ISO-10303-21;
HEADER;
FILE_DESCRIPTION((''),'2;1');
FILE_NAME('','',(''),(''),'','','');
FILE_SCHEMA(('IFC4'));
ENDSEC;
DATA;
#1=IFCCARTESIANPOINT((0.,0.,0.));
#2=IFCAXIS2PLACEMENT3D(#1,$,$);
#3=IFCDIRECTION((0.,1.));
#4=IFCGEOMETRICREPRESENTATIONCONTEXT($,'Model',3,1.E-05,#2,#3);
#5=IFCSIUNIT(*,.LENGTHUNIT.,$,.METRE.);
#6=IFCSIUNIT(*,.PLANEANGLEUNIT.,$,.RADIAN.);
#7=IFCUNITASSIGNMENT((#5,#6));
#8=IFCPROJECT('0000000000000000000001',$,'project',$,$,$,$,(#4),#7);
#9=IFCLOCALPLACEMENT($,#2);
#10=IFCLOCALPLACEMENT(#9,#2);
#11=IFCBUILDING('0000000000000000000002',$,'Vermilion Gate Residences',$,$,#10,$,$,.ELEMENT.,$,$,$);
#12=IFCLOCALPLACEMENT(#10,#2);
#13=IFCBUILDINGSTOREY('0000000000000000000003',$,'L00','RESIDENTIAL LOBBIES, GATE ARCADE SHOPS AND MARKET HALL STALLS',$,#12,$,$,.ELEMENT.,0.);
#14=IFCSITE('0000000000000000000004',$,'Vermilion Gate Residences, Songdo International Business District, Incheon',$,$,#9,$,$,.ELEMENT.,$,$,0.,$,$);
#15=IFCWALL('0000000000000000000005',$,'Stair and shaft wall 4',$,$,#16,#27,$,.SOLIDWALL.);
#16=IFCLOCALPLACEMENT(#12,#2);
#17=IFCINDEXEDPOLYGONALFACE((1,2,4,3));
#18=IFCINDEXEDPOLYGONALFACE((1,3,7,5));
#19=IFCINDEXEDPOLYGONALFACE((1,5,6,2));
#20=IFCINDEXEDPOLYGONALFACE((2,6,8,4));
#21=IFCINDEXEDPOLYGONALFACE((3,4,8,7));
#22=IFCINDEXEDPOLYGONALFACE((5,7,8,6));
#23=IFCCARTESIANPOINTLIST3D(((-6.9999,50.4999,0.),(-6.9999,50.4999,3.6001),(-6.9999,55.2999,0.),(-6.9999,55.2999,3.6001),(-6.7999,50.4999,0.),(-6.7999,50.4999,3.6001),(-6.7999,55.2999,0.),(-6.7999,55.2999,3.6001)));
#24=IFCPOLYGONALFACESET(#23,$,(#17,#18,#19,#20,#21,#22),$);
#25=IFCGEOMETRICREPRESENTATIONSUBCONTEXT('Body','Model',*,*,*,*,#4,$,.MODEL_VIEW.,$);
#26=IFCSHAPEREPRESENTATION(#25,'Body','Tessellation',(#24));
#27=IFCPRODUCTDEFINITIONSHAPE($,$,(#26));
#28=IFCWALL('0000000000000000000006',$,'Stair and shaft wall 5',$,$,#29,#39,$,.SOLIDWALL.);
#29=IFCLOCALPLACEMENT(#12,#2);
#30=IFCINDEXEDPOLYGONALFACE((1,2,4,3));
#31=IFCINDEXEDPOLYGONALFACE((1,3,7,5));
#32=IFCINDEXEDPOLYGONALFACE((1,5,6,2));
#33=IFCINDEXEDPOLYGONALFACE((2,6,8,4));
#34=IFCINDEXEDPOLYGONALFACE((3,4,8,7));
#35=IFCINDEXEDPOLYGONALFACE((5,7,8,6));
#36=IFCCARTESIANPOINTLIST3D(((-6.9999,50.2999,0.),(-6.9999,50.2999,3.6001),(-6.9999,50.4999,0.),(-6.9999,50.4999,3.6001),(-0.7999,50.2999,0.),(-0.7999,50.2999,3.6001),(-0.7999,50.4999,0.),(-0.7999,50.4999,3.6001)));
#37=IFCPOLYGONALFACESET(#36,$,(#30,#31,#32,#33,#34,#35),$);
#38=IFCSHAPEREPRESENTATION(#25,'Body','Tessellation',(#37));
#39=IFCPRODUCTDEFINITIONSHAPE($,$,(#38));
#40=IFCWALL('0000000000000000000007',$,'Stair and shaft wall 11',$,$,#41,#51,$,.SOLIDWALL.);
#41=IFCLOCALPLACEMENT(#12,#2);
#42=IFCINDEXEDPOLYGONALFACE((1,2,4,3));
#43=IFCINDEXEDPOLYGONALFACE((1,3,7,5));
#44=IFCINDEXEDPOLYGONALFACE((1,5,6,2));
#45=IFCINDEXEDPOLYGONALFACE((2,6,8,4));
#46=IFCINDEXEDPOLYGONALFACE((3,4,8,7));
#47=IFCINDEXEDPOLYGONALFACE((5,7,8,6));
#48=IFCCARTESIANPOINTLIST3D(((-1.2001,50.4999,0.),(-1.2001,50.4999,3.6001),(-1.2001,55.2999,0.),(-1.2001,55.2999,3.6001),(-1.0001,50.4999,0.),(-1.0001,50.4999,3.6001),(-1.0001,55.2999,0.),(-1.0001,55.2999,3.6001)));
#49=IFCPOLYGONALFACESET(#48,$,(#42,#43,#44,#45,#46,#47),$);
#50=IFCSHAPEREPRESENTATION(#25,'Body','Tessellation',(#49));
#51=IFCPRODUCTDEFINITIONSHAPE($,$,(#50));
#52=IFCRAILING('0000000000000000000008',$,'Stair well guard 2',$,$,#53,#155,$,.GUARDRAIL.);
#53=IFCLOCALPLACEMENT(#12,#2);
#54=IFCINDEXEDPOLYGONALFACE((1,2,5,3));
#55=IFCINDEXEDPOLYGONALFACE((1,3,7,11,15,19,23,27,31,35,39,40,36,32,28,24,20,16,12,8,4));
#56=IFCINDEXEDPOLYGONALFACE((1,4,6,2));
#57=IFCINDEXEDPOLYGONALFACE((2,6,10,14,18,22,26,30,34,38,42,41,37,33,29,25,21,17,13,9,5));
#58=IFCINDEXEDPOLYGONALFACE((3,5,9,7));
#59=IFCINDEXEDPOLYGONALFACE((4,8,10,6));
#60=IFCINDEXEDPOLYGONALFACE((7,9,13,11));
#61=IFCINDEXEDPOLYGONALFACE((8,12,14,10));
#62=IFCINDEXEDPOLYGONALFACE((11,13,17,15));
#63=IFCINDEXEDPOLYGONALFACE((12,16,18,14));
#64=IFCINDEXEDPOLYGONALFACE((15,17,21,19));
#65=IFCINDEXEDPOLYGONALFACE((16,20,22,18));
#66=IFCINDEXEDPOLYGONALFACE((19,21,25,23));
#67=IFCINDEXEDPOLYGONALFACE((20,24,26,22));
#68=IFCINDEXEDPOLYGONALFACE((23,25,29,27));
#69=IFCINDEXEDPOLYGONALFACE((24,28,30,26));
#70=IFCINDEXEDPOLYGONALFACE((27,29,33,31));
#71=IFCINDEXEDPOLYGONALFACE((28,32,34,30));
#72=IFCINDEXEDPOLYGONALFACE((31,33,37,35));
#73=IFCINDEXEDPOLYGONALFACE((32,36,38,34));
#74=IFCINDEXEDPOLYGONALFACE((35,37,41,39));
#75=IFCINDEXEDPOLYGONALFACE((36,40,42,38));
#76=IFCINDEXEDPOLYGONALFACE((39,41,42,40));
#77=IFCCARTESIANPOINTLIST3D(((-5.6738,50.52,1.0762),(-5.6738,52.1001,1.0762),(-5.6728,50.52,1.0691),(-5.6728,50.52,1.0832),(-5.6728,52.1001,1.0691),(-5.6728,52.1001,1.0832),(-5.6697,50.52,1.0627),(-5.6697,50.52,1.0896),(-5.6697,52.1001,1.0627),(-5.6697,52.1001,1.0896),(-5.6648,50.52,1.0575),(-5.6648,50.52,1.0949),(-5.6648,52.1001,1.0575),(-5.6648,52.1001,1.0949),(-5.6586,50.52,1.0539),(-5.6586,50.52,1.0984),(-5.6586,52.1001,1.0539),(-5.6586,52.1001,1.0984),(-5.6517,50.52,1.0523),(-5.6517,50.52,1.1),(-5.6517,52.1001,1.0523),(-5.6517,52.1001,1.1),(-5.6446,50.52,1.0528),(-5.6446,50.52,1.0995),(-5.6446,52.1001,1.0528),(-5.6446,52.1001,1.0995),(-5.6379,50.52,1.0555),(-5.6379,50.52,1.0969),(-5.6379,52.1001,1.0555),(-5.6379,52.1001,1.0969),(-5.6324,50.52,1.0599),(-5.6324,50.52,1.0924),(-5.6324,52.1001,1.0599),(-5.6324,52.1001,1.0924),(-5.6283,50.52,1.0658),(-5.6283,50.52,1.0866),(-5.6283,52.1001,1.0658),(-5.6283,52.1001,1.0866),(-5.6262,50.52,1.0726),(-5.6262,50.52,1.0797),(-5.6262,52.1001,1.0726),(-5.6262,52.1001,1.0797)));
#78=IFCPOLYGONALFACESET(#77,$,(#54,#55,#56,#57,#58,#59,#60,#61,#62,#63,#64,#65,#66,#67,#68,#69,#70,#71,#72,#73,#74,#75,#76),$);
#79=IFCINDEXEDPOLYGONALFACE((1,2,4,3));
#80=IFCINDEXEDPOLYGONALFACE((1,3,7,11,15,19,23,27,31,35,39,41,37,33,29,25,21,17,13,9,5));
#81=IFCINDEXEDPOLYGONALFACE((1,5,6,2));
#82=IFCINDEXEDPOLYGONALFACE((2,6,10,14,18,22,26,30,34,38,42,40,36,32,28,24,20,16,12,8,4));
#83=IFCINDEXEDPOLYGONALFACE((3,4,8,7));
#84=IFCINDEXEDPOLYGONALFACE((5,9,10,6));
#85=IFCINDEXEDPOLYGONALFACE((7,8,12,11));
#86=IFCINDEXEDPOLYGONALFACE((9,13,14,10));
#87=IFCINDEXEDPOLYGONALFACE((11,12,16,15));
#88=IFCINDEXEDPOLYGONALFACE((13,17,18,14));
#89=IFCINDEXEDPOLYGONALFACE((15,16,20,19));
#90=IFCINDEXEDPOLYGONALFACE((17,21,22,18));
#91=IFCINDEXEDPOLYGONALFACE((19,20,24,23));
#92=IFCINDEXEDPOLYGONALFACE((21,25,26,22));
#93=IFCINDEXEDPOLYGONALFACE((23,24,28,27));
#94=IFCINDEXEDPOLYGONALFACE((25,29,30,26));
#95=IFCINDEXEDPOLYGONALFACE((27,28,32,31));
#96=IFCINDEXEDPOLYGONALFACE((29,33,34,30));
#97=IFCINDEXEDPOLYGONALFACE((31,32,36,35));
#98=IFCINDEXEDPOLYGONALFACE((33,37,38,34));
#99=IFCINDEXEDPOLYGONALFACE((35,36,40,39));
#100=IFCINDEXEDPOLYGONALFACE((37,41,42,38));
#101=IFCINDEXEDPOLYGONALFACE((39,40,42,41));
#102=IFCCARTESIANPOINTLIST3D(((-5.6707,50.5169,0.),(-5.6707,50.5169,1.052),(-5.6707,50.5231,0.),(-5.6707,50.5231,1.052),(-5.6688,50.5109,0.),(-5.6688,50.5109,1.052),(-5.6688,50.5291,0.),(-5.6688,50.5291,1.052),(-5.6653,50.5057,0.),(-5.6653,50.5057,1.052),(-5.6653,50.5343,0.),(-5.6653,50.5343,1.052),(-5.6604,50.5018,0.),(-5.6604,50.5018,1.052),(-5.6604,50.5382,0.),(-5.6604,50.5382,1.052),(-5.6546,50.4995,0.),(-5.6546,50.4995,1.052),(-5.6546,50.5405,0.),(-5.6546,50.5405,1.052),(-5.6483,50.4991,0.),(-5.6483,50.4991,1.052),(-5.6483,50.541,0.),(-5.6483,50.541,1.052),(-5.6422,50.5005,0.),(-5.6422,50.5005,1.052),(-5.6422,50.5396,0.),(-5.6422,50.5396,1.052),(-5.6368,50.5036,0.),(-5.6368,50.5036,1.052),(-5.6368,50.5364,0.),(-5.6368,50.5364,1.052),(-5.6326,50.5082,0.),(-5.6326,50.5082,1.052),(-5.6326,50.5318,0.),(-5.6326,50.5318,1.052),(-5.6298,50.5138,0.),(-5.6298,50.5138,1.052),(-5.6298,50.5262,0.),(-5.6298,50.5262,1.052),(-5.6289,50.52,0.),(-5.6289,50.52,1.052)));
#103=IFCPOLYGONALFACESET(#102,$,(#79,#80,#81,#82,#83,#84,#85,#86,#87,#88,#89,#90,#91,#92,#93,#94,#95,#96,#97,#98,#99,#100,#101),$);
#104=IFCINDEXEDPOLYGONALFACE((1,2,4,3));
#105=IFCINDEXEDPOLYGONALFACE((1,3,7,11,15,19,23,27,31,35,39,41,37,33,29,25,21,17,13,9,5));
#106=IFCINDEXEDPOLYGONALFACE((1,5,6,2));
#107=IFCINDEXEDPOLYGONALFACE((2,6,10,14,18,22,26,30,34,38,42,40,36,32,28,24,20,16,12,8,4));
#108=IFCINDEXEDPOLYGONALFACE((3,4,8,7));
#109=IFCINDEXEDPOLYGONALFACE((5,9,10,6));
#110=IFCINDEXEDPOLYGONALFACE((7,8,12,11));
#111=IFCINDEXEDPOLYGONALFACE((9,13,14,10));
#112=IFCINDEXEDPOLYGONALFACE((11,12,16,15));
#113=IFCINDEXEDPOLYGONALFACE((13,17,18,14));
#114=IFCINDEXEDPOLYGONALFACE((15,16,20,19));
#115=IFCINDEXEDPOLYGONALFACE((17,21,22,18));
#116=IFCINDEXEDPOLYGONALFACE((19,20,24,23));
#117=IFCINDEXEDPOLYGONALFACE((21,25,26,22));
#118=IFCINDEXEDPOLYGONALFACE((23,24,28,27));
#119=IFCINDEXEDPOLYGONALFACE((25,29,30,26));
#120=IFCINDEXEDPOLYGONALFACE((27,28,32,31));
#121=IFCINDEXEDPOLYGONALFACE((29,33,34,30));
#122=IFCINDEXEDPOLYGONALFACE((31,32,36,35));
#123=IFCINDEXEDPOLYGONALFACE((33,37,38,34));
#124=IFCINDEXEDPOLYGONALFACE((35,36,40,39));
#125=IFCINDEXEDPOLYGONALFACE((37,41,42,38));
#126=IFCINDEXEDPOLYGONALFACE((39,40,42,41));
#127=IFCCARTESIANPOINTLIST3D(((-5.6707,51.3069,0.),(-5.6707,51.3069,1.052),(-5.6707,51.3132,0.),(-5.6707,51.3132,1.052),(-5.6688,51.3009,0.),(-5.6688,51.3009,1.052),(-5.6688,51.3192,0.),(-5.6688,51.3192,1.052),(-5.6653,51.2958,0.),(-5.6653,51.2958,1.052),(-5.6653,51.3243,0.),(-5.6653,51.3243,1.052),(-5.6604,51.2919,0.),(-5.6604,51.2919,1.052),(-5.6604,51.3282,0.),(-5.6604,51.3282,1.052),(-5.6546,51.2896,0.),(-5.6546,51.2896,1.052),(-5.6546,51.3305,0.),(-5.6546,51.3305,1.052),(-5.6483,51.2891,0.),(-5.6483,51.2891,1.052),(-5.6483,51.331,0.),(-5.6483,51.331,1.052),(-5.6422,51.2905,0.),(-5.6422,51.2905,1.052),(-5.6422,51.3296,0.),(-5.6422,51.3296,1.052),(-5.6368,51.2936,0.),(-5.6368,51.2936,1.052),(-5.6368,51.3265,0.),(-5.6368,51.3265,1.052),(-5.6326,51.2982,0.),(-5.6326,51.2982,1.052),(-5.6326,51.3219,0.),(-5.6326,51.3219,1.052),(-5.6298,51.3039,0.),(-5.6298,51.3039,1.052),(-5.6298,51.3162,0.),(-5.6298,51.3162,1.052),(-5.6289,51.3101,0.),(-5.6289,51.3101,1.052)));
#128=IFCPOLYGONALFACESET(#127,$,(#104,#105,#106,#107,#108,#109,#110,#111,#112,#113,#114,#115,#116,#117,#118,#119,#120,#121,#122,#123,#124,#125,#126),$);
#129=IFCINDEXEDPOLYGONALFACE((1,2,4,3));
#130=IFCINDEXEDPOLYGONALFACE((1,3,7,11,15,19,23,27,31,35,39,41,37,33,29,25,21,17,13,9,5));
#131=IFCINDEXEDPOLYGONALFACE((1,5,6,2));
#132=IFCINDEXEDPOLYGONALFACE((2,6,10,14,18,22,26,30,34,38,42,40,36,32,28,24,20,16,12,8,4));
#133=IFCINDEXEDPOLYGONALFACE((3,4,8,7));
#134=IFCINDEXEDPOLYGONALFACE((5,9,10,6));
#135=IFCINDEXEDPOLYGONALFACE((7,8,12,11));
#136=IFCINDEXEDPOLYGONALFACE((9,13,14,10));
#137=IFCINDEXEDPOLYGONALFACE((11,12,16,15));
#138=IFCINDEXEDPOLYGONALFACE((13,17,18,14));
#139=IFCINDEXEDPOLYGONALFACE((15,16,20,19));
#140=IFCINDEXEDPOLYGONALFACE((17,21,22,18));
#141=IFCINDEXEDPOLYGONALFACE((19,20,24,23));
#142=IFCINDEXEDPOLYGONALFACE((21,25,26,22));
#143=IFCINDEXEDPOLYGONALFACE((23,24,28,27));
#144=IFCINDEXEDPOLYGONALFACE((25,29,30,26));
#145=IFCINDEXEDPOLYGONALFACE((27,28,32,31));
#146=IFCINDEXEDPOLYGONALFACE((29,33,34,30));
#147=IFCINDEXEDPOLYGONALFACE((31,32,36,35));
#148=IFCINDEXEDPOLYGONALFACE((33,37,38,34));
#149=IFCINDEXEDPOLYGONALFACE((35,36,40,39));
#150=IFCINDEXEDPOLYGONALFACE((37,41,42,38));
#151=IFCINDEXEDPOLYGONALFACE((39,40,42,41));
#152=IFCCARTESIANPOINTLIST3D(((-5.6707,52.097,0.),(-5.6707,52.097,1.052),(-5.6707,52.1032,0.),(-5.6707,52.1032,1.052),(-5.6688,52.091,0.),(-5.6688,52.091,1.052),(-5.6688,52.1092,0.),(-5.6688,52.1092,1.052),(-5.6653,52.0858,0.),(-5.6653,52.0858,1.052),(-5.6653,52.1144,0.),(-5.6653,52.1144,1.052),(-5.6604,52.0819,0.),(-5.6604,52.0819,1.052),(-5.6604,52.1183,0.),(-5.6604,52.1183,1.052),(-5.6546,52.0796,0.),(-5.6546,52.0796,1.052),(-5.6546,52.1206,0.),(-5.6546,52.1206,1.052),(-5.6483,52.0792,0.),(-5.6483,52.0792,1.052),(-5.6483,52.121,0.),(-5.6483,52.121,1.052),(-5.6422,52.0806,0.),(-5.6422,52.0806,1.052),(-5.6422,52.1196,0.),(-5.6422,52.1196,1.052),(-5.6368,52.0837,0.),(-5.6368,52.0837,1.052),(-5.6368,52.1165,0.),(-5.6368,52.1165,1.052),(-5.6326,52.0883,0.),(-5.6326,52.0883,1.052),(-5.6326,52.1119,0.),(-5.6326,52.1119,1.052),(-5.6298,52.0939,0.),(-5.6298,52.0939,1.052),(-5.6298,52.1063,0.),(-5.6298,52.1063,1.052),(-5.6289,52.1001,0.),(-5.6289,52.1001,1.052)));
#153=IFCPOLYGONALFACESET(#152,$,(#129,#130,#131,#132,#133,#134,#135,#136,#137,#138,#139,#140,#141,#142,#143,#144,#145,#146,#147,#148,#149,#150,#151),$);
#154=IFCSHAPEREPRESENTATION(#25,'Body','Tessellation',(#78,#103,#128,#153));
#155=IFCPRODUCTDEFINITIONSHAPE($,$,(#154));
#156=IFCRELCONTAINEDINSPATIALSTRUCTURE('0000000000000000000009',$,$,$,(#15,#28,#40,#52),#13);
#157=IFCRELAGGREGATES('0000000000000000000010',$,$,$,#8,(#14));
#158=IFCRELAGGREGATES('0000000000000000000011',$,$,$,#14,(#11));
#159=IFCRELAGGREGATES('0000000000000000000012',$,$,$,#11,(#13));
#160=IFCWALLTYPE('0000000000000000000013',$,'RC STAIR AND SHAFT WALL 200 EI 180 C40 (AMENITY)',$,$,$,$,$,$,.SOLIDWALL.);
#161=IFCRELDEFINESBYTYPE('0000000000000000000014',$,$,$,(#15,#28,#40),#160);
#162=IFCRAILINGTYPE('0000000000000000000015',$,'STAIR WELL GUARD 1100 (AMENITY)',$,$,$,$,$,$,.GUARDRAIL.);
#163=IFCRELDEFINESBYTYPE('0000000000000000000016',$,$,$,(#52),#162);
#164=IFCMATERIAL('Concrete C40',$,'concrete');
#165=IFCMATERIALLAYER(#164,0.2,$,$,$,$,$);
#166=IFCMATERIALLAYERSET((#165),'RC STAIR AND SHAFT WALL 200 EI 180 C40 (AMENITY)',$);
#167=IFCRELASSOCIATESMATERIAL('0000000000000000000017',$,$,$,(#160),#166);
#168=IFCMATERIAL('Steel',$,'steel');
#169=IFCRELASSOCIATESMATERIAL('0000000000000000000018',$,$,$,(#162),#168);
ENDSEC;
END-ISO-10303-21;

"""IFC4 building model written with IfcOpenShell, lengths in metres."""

from ifc_helpers import new_model, si_unit, direction, frame, frame_2d, origin, origin_2d, place, context, subcontext, project, spatial, rectangle, circle, extrude, material, layer, layer_set, type_object, element, save


model = new_model("IFC4")

# Units and contexts
model_context = context("Model", 3, precision=1e-05, world=origin(), true_north=direction((0.0, 1.0)))
body_context = subcontext(model_context, "Body", "Model", "MODEL_VIEW")
ifc_project = project(units=[si_unit("LENGTHUNIT", "METRE"), si_unit("PLANEANGLEUNIT", "RADIAN")], contexts=[model_context])

# Site, building, storey
site_placement = place(None, origin())
site = spatial("IfcSite", under=ifc_project, at=site_placement, Name="Vermilion Gate Residences, Songdo International Business District, Incheon", CompositionType="ELEMENT", RefElevation=0.0)
building_placement = place(site_placement, origin())
building = spatial("IfcBuilding", under=site, at=building_placement, Name="Vermilion Gate Residences", CompositionType="ELEMENT")
storey_placement = place(building_placement, origin())
storey = spatial("IfcBuildingStorey", under=building, at=storey_placement, Name="L00", Description="RESIDENTIAL LOBBIES, GATE ARCADE SHOPS AND MARKET HALL STALLS", CompositionType="ELEMENT", Elevation=0.0)

# Walls
ifc_material_1 = material(Name="Concrete C40", Category="concrete")
ifc_layer_1 = layer(ifc_material_1, 0.2)
ifc_layer_set_1 = layer_set([ifc_layer_1], Name="RC STAIR AND SHAFT WALL 200 EI 180 C40 (AMENITY)")
wall_type_1 = type_object("IfcWallType", Name="RC STAIR AND SHAFT WALL 200 EI 180 C40 (AMENITY)", PredefinedType="SOLIDWALL", material=ifc_layer_set_1)
wall_1_placement = place(storey_placement, frame((-6.8999, 50.5, 0.0), z_axis=(0.0, 0.0, 1.0), x_axis=(0.0, 1.0, 0.0)))
element("IfcWall", 1, at=wall_1_placement, inside=storey, type_object=wall_type_1, Name="Stair and shaft wall 4", PredefinedType="SOLIDWALL", context=body_context, shape_type="SweptSolid", body=[
    extrude(rectangle(XDim=4.8, YDim=0.2, at=frame_2d((2.3999, 0.0))), origin(), (0.0, 0.0, 1.0), 3.6001),
])
wall_2_placement = place(storey_placement, frame((-7.0, 50.3999, 0.0), z_axis=(0.0, 0.0, 1.0), x_axis=(1.0, 0.0, 0.0)))
element("IfcWall", 2, at=wall_2_placement, inside=storey, type_object=wall_type_1, Name="Stair and shaft wall 5", PredefinedType="SOLIDWALL", context=body_context, shape_type="SweptSolid", body=[
    extrude(rectangle(XDim=6.2, YDim=0.2, at=frame_2d((3.1001, 0.0))), origin(), (0.0, 0.0, 1.0), 3.6001),
])
wall_3_placement = place(storey_placement, frame((-1.1001, 50.5, 0.0), z_axis=(0.0, 0.0, 1.0), x_axis=(0.0, 1.0, 0.0)))
element("IfcWall", 3, at=wall_3_placement, inside=storey, type_object=wall_type_1, Name="Stair and shaft wall 11", PredefinedType="SOLIDWALL", context=body_context, shape_type="SweptSolid", body=[
    extrude(rectangle(XDim=4.8, YDim=0.2, at=frame_2d((2.3999, 0.0))), origin(), (0.0, 0.0, 1.0), 3.6001),
])

# Railing
ifc_material_2 = material(Name="Steel", Category="steel")
railing_type = type_object("IfcRailingType", Name="STAIR WELL GUARD 1100 (AMENITY)", PredefinedType="GUARDRAIL", material=ifc_material_2)
railing_1_placement = place(storey_placement, frame((-5.6499, 50.52, 0.0)))
element("IfcRailing", 4, at=railing_1_placement, inside=storey, type_object=railing_type, Name="Stair well guard 2", PredefinedType="GUARDRAIL", context=body_context, shape_type="SweptSolid", body=[
    extrude(circle(Radius=0.0239, at=origin_2d()), frame((0.0, 0.0, 1.0762), z_axis=(0.0, 1.0, 0.0), x_axis=(-1.0, 0.0, 0.0)), (0.0, 0.0, 1.0), 1.5801),
    extrude(circle(Radius=0.021, at=origin_2d()), origin(), (0.0, 0.0, 1.0), 1.052),
    extrude(circle(Radius=0.021, at=origin_2d()), frame((0.0, 0.79, 0.0)), (0.0, 0.0, 1.0), 1.052),
    extrude(circle(Radius=0.021, at=origin_2d()), frame((0.0, 1.5801, 0.0)), (0.0, 0.0, 1.0), 1.052),
])

save(model, "model.ifc")
